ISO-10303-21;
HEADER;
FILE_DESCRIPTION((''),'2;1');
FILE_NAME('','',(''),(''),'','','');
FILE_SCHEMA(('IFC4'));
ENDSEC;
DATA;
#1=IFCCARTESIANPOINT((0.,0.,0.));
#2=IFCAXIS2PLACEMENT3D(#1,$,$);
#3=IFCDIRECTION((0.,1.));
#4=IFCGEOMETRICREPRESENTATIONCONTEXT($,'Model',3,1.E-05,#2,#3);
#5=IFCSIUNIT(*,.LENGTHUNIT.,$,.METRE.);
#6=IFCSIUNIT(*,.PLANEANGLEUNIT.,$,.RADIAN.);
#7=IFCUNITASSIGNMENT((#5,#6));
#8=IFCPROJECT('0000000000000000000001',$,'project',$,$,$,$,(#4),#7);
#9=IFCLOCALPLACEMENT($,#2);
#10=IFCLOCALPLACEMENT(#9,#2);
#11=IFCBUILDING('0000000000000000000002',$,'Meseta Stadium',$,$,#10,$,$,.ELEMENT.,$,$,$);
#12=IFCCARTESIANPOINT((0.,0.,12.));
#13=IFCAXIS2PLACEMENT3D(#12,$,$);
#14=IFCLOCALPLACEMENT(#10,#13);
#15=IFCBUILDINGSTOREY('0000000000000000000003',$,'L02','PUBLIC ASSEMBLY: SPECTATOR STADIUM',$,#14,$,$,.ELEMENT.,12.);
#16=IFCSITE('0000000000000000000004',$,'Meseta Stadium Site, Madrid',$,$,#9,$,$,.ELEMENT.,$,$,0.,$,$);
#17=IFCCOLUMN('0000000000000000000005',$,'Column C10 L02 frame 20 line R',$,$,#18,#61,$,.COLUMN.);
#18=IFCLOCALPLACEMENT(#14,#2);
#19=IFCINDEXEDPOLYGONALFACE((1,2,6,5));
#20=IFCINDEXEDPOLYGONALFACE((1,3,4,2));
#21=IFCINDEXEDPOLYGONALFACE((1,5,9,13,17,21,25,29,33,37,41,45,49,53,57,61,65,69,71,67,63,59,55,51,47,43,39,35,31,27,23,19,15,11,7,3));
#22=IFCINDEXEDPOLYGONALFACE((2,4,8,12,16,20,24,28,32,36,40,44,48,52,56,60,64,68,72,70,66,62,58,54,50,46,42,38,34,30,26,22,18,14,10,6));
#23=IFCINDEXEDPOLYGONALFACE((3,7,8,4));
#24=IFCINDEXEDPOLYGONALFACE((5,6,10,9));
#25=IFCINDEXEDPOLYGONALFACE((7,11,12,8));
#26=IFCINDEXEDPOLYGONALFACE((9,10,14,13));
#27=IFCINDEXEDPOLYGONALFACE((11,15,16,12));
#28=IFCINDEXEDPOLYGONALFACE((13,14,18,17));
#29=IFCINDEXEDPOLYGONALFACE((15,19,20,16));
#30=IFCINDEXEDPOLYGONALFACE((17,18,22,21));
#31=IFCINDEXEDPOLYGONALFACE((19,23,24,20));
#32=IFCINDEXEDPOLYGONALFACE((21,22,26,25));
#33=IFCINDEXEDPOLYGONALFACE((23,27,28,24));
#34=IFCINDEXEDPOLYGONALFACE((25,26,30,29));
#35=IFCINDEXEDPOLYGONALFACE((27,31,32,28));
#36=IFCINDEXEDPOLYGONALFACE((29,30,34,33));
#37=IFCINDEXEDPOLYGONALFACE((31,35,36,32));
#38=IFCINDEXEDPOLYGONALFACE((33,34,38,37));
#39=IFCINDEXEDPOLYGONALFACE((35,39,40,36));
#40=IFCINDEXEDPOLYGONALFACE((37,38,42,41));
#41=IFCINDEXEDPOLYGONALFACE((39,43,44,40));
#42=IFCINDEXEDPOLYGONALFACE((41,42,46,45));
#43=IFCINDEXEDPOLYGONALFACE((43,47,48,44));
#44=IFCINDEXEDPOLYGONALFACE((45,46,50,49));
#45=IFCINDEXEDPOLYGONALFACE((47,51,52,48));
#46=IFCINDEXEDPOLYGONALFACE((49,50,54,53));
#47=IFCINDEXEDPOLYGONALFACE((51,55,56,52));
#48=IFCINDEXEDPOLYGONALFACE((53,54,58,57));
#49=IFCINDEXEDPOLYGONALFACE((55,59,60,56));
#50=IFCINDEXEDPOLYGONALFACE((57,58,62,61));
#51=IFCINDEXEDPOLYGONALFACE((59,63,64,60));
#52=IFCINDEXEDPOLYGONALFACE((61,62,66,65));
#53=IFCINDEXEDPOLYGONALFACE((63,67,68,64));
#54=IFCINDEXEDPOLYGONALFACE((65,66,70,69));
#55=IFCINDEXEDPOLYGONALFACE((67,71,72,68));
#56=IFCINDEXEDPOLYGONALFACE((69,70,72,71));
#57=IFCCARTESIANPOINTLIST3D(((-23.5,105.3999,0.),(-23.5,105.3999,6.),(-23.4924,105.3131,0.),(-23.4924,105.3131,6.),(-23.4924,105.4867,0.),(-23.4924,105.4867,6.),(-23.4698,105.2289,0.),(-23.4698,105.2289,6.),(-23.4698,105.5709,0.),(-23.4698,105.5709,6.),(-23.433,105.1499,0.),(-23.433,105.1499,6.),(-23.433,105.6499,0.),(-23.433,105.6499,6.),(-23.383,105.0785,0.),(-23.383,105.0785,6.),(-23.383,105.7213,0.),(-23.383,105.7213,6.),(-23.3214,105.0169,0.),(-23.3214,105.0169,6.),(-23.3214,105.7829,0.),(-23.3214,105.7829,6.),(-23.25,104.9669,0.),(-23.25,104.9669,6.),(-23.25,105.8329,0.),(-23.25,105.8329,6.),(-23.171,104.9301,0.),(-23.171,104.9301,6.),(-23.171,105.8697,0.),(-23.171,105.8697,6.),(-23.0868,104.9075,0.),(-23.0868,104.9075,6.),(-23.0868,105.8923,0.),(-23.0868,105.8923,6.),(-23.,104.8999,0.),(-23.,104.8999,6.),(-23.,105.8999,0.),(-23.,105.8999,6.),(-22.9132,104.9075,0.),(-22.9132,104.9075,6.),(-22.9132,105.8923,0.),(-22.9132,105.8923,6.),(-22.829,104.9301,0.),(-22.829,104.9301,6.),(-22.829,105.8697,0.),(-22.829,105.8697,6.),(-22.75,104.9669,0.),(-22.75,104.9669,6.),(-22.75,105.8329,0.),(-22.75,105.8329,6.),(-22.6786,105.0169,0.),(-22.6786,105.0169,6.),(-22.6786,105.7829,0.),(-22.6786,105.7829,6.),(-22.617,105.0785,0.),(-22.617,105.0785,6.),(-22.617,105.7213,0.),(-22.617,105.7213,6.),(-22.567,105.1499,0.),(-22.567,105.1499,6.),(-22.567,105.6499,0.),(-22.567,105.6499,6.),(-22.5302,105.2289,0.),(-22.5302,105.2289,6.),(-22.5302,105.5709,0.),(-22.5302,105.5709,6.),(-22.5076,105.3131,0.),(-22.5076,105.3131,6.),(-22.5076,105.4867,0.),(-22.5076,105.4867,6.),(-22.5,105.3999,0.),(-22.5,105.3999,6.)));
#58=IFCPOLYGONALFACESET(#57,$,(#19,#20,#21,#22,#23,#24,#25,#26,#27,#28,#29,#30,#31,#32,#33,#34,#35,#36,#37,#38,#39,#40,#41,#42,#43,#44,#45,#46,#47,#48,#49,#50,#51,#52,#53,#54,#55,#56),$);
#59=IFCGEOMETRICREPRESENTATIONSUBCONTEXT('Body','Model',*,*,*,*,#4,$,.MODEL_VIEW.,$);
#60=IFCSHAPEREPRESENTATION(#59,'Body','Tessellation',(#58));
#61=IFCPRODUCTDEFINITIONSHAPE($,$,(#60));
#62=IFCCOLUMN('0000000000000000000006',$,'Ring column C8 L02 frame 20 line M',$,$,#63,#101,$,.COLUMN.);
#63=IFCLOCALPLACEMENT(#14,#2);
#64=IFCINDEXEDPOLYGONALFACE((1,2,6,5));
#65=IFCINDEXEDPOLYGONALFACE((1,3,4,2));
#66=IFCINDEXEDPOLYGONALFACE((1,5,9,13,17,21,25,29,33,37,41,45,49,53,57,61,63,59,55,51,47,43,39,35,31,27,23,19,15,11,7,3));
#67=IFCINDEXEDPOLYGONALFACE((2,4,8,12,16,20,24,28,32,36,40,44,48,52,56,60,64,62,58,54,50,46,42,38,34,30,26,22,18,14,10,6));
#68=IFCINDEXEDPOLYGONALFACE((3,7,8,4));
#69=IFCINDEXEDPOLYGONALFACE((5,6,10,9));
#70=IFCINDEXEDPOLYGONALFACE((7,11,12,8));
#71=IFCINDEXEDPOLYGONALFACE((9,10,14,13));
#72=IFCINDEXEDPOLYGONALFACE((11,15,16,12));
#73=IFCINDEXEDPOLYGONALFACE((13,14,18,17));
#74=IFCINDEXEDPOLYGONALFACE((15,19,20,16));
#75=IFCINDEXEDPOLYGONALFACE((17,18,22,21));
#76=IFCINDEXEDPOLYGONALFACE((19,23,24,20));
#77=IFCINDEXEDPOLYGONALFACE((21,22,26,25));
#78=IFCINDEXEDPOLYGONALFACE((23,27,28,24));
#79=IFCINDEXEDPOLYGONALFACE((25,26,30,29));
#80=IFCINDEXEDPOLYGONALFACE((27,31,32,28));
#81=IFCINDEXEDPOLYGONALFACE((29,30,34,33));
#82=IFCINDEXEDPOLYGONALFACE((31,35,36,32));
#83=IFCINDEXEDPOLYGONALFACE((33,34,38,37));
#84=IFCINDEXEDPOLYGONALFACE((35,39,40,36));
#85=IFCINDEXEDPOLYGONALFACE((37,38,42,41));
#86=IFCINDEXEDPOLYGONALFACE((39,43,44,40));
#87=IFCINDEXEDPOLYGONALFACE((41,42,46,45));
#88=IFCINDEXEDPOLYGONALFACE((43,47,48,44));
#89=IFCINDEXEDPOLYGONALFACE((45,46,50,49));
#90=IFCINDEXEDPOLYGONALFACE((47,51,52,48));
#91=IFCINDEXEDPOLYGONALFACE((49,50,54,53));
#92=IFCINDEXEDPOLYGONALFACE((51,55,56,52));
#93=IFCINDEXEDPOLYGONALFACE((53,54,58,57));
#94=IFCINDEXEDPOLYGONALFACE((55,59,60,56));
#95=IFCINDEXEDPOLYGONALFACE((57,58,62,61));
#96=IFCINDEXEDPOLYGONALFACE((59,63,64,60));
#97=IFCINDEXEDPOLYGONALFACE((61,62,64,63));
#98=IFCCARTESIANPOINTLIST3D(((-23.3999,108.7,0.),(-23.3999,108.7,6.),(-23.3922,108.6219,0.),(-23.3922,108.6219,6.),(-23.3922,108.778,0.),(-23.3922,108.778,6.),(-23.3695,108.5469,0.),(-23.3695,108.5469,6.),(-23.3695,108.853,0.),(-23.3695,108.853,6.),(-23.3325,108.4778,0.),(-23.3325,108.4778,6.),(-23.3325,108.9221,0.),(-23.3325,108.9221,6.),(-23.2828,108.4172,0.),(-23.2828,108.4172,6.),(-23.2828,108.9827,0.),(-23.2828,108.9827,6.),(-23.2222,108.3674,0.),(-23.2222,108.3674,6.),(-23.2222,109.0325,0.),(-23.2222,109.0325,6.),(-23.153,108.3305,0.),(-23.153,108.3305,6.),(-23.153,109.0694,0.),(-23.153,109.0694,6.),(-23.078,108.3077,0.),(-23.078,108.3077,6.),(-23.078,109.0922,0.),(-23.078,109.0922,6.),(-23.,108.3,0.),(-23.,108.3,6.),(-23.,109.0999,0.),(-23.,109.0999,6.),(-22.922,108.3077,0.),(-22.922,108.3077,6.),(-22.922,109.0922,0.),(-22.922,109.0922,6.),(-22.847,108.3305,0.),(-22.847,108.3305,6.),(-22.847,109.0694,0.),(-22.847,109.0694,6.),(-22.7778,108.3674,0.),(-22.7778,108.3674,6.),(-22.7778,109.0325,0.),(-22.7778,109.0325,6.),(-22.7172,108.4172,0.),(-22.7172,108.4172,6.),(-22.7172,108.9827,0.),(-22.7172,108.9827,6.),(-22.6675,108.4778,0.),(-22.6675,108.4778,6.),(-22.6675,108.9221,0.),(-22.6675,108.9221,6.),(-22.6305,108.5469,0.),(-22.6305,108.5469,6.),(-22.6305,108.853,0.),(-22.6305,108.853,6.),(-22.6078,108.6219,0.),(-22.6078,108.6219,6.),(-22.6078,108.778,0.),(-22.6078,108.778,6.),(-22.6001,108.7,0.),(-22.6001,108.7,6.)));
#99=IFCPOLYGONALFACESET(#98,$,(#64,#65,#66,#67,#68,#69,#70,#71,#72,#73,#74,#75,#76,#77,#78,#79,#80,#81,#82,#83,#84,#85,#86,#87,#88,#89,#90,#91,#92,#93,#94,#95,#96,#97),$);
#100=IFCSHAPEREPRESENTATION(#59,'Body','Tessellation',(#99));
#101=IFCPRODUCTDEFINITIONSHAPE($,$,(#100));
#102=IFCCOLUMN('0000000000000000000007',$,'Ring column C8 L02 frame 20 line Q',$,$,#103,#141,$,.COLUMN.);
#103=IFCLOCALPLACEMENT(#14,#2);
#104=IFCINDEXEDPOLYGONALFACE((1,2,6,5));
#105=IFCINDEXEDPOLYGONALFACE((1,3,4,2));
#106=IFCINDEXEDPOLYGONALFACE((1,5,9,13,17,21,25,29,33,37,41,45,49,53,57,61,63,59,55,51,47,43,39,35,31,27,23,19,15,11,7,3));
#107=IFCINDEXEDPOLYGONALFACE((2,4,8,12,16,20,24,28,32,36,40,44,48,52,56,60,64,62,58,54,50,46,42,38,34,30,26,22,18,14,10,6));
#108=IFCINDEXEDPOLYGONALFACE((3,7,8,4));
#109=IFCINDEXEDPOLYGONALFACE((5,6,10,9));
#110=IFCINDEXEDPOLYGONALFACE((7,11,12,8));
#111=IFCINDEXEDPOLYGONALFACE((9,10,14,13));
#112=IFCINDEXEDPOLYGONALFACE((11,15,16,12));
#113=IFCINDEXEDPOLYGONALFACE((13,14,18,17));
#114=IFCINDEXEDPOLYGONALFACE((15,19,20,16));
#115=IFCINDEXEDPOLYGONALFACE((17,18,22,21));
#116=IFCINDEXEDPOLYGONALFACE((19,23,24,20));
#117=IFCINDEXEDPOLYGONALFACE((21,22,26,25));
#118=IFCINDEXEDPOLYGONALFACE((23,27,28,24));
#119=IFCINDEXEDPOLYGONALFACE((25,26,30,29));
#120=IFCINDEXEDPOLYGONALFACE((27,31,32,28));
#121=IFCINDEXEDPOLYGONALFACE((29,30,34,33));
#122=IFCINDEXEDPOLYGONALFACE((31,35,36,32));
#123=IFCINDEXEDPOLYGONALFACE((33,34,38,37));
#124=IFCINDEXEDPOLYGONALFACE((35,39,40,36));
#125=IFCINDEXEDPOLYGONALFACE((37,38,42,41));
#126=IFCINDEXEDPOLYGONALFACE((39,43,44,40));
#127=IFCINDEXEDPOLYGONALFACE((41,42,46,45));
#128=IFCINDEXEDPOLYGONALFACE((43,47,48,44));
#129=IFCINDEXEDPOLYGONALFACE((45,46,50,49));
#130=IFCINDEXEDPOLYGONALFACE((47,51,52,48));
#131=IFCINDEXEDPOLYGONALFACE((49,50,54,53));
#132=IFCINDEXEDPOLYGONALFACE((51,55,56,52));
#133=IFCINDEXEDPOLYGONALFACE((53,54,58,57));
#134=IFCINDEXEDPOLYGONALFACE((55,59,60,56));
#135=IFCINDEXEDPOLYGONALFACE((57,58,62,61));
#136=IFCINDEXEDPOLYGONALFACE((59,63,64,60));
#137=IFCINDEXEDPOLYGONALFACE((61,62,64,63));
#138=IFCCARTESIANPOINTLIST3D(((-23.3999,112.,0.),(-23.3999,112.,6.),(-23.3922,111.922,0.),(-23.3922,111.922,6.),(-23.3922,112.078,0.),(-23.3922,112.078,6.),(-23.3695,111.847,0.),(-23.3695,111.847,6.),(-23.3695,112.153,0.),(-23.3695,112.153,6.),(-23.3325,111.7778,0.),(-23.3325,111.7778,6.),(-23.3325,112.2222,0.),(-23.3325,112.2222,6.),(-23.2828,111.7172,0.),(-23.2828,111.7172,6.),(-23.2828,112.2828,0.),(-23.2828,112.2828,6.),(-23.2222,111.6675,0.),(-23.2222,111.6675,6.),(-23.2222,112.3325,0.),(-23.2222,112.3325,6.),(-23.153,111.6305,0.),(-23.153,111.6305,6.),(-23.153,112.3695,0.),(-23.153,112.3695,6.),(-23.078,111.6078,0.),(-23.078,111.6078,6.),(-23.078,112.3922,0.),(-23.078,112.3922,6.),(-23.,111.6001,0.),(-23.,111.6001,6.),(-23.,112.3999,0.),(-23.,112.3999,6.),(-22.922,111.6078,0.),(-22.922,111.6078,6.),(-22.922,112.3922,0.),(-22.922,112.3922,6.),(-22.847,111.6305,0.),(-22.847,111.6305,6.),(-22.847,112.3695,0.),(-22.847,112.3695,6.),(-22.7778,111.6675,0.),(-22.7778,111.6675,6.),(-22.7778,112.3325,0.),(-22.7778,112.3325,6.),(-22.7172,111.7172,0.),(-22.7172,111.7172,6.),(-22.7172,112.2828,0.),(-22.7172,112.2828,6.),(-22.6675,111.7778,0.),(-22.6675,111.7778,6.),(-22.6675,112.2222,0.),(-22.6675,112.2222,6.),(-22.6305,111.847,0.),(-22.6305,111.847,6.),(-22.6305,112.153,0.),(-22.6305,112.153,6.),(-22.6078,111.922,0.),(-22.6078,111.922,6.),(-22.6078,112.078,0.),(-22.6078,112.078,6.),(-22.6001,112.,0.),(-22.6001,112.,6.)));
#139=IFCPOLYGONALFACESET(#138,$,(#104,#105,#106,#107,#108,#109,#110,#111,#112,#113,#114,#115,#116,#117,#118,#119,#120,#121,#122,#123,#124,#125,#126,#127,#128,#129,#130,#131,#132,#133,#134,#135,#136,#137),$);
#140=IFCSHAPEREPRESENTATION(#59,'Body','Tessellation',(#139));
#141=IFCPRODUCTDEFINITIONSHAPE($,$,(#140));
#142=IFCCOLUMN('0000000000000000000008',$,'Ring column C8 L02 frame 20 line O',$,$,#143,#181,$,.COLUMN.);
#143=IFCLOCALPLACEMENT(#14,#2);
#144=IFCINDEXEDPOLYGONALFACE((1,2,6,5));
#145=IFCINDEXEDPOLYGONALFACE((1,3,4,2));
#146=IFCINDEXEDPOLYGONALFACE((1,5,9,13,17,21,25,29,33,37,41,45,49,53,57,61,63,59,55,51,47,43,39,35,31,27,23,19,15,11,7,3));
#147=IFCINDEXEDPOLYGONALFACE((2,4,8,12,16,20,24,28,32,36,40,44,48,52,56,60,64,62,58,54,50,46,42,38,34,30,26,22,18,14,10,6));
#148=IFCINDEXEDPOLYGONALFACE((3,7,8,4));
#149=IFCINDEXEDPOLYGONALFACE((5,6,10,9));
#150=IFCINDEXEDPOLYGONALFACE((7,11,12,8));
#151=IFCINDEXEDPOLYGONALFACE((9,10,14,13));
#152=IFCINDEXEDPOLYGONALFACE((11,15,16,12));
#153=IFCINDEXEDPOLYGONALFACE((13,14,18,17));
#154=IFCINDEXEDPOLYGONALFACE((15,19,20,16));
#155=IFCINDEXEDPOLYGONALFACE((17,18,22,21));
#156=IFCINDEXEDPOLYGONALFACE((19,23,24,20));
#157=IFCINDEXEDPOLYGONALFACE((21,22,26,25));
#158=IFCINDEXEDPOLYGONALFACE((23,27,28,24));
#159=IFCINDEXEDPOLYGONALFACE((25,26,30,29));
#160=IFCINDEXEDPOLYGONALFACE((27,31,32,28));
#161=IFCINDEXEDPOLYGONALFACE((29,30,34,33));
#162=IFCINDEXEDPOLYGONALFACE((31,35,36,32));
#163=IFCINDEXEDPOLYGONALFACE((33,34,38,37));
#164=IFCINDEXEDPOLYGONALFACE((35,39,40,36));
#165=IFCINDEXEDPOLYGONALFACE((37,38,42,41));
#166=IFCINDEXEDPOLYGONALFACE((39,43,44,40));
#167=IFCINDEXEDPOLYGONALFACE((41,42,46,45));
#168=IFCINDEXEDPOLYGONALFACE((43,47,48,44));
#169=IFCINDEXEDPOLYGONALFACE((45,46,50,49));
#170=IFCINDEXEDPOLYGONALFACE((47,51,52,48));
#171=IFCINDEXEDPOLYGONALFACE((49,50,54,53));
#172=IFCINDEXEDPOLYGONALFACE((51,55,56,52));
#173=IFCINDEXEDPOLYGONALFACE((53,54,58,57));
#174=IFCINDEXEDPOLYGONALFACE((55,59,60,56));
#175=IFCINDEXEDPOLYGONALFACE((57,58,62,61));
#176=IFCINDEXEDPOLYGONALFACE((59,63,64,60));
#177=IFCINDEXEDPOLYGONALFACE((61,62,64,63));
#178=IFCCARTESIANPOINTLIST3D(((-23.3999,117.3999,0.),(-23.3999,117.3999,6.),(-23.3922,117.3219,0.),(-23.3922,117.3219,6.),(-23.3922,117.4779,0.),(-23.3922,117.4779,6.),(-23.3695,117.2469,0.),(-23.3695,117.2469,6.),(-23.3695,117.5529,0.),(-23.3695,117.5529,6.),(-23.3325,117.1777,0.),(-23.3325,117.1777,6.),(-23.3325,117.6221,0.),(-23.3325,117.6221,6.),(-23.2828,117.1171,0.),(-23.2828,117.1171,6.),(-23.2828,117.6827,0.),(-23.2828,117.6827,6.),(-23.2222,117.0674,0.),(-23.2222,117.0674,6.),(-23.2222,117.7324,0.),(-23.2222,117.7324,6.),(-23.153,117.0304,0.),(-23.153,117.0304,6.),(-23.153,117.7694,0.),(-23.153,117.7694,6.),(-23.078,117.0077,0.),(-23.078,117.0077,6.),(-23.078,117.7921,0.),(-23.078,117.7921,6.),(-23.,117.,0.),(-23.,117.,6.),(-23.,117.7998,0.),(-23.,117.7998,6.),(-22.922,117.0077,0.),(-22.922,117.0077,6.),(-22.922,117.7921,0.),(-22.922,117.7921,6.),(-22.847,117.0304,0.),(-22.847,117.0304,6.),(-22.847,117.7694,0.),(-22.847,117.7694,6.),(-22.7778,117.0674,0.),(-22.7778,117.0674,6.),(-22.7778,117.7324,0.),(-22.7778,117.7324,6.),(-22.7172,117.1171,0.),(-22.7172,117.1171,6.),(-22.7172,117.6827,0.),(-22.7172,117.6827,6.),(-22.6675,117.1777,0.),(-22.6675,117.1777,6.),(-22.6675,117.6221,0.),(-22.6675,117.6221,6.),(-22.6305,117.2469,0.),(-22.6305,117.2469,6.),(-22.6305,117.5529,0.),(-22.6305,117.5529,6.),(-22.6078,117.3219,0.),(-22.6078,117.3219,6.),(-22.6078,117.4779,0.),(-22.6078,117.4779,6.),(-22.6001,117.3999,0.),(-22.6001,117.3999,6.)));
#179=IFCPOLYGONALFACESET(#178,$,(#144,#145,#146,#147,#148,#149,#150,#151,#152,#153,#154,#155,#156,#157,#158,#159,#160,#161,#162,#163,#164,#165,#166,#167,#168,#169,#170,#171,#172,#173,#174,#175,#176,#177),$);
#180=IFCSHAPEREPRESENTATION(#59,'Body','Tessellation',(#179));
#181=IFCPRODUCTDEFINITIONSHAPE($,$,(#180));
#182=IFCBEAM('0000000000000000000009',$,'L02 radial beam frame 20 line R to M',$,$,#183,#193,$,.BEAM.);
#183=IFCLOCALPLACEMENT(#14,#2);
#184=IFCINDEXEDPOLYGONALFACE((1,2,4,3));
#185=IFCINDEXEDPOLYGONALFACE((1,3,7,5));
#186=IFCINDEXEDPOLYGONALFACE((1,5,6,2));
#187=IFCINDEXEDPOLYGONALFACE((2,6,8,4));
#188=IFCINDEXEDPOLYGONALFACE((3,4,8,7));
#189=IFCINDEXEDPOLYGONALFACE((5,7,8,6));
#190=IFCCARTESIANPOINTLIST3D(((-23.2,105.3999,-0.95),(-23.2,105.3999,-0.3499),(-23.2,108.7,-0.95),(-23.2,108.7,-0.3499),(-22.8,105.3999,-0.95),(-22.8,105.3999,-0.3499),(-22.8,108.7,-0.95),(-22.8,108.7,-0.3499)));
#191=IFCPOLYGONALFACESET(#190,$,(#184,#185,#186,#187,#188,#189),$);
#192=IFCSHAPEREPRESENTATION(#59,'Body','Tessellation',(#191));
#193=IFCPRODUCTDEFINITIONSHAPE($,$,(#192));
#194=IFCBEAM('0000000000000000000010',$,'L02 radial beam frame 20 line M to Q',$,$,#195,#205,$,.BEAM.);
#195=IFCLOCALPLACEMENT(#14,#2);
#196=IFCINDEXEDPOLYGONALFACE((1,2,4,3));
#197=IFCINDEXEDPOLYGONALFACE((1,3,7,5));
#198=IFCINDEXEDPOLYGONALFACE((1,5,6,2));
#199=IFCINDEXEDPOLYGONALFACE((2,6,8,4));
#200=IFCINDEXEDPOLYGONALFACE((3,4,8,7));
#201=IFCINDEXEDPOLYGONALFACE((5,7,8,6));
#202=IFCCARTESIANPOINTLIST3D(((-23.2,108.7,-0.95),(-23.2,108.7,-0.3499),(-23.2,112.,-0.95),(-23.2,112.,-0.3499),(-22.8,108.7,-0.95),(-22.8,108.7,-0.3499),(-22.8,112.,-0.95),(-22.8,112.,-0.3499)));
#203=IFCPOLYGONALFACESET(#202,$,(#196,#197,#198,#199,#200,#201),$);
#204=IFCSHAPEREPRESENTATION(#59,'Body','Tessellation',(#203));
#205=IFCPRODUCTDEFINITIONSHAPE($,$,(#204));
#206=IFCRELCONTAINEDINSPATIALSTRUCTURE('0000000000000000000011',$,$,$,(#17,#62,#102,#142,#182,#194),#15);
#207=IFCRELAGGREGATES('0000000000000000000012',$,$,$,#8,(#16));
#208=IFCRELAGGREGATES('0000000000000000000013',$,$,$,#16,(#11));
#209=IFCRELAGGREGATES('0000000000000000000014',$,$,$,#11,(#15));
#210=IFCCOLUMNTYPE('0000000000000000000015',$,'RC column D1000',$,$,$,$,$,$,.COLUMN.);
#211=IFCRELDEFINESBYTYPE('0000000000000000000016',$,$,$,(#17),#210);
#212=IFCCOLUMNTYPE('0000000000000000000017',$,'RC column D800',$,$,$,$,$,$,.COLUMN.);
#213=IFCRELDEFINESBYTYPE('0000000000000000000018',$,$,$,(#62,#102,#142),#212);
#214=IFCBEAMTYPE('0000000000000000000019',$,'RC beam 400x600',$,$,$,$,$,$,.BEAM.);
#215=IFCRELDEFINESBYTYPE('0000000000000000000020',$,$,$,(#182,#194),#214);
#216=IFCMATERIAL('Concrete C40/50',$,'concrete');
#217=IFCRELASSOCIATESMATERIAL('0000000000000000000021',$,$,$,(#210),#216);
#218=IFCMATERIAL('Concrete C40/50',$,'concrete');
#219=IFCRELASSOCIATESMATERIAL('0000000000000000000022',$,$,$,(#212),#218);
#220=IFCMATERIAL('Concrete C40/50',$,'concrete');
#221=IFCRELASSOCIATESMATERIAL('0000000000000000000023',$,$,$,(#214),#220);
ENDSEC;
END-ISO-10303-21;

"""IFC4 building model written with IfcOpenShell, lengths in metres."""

from ifc_helpers import new_model, si_unit, direction, frame, origin, origin_2d, place, context, subcontext, project, spatial, rectangle, circle, extrude, material, material_profile, profile_set, type_object, element, save


model = new_model("IFC4")

# Units and contexts
model_context = context("Model", 3, precision=1e-05, world=origin(), true_north=direction((0.0, 1.0)))
body_context = subcontext(model_context, "Body", "Model", "MODEL_VIEW")
ifc_project = project(units=[si_unit("LENGTHUNIT", "METRE"), si_unit("PLANEANGLEUNIT", "RADIAN")], contexts=[model_context])

# Site, building, storey
site_placement = place(None, origin())
site = spatial("IfcSite", under=ifc_project, at=site_placement, Name="Meseta Stadium Site, Madrid", CompositionType="ELEMENT", RefElevation=0.0)
building_placement = place(site_placement, origin())
building = spatial("IfcBuilding", under=site, at=building_placement, Name="Meseta Stadium", CompositionType="ELEMENT")
storey_placement = place(building_placement, frame((0.0, 0.0, 12.0)))
storey = spatial("IfcBuildingStorey", under=building, at=storey_placement, Name="L02", Description="PUBLIC ASSEMBLY: SPECTATOR STADIUM", CompositionType="ELEMENT", Elevation=12.0)

# Columns
ifc_material_1 = material(Name="Concrete C40/50", Category="concrete")
ifc_material_profile_1 = material_profile(ifc_material_1, circle(Radius=0.5, at=origin_2d()), Name="RC D1000")
ifc_profile_set_1 = profile_set([ifc_material_profile_1], Name="Concrete C40/50")
column_type_1 = type_object("IfcColumnType", Name="RC column D1000", PredefinedType="COLUMN", material=ifc_profile_set_1)
column_placement = place(storey_placement, frame((-23.0, 105.3999, 0.0), z_axis=(0.0, 0.0, 1.0), x_axis=(1.0, 0.0, 0.0)))
element("IfcColumn", 1, at=column_placement, inside=storey, type_object=column_type_1, Name="Column C10 L02 frame 20 line R", PredefinedType="COLUMN", context=body_context, shape_type="SweptSolid", body=[
    extrude(circle(Radius=0.5, at=origin_2d()), origin(), (0.0, 0.0, 1.0), 6.0),
])
ifc_material_2 = material(Name="Concrete C40/50", Category="concrete")
ifc_material_profile_2 = material_profile(ifc_material_2, circle(Radius=0.3999, at=origin_2d()), Name="RC D800")
ifc_profile_set_2 = profile_set([ifc_material_profile_2], Name="Concrete C40/50")
column_type_2 = type_object("IfcColumnType", Name="RC column D800", PredefinedType="COLUMN", material=ifc_profile_set_2)
for number, where, z_axis, x_axis, name in (
    (2, (-23.0, 108.7, 0.0), (0.0, 0.0, 1.0), (1.0, 0.0, 0.0), "Ring column C8 L02 frame 20 line M"),
    (3, (-23.0, 112.0, 0.0), (0.0, 0.0, 1.0), (1.0, 0.0, 0.0), "Ring column C8 L02 frame 20 line Q"),
    (4, (-23.0, 117.3999, 0.0), (0.0, 0.0, 1.0), (1.0, 0.0, 0.0), "Ring column C8 L02 frame 20 line O"),
):
    element("IfcColumn", number, at=place(storey_placement, frame(where, z_axis=z_axis, x_axis=x_axis)), inside=storey, type_object=column_type_2, Name=name, PredefinedType="COLUMN", context=body_context, shape_type="SweptSolid", body=[
        extrude(circle(Radius=0.3999, at=origin_2d()), origin(), (0.0, 0.0, 1.0), 6.0),
    ])

# Beams
ifc_material_3 = material(Name="Concrete C40/50", Category="concrete")
ifc_material_profile_3 = material_profile(ifc_material_3, rectangle(XDim=0.3999, YDim=0.6001, at=origin_2d()), Name="RC 400x600")
ifc_profile_set_3 = profile_set([ifc_material_profile_3], Name="Concrete C40/50")
beam_type_1 = type_object("IfcBeamType", Name="RC beam 400x600", PredefinedType="BEAM", material=ifc_profile_set_3)
for number, where, z_axis, x_axis, name in (
    (5, (-23.0, 105.3999, -0.6499), (0.0, 1.0, 0.0), (-1.0, 0.0, 0.0), "L02 radial beam frame 20 line R to M"),
    (6, (-23.0, 108.7, -0.6499), (0.0, 1.0, 0.0), (-1.0, 0.0, 0.0), "L02 radial beam frame 20 line M to Q"),
):
    element("IfcBeam", number, at=place(storey_placement, frame(where, z_axis=z_axis, x_axis=x_axis)), inside=storey, type_object=beam_type_1, Name=name, PredefinedType="BEAM", context=body_context, shape_type="SweptSolid", body=[
        extrude(rectangle(XDim=0.3999, YDim=0.6001, at=origin_2d()), origin(), (0.0, 0.0, 1.0), 3.3),
    ])

save(model, "model.ifc")
